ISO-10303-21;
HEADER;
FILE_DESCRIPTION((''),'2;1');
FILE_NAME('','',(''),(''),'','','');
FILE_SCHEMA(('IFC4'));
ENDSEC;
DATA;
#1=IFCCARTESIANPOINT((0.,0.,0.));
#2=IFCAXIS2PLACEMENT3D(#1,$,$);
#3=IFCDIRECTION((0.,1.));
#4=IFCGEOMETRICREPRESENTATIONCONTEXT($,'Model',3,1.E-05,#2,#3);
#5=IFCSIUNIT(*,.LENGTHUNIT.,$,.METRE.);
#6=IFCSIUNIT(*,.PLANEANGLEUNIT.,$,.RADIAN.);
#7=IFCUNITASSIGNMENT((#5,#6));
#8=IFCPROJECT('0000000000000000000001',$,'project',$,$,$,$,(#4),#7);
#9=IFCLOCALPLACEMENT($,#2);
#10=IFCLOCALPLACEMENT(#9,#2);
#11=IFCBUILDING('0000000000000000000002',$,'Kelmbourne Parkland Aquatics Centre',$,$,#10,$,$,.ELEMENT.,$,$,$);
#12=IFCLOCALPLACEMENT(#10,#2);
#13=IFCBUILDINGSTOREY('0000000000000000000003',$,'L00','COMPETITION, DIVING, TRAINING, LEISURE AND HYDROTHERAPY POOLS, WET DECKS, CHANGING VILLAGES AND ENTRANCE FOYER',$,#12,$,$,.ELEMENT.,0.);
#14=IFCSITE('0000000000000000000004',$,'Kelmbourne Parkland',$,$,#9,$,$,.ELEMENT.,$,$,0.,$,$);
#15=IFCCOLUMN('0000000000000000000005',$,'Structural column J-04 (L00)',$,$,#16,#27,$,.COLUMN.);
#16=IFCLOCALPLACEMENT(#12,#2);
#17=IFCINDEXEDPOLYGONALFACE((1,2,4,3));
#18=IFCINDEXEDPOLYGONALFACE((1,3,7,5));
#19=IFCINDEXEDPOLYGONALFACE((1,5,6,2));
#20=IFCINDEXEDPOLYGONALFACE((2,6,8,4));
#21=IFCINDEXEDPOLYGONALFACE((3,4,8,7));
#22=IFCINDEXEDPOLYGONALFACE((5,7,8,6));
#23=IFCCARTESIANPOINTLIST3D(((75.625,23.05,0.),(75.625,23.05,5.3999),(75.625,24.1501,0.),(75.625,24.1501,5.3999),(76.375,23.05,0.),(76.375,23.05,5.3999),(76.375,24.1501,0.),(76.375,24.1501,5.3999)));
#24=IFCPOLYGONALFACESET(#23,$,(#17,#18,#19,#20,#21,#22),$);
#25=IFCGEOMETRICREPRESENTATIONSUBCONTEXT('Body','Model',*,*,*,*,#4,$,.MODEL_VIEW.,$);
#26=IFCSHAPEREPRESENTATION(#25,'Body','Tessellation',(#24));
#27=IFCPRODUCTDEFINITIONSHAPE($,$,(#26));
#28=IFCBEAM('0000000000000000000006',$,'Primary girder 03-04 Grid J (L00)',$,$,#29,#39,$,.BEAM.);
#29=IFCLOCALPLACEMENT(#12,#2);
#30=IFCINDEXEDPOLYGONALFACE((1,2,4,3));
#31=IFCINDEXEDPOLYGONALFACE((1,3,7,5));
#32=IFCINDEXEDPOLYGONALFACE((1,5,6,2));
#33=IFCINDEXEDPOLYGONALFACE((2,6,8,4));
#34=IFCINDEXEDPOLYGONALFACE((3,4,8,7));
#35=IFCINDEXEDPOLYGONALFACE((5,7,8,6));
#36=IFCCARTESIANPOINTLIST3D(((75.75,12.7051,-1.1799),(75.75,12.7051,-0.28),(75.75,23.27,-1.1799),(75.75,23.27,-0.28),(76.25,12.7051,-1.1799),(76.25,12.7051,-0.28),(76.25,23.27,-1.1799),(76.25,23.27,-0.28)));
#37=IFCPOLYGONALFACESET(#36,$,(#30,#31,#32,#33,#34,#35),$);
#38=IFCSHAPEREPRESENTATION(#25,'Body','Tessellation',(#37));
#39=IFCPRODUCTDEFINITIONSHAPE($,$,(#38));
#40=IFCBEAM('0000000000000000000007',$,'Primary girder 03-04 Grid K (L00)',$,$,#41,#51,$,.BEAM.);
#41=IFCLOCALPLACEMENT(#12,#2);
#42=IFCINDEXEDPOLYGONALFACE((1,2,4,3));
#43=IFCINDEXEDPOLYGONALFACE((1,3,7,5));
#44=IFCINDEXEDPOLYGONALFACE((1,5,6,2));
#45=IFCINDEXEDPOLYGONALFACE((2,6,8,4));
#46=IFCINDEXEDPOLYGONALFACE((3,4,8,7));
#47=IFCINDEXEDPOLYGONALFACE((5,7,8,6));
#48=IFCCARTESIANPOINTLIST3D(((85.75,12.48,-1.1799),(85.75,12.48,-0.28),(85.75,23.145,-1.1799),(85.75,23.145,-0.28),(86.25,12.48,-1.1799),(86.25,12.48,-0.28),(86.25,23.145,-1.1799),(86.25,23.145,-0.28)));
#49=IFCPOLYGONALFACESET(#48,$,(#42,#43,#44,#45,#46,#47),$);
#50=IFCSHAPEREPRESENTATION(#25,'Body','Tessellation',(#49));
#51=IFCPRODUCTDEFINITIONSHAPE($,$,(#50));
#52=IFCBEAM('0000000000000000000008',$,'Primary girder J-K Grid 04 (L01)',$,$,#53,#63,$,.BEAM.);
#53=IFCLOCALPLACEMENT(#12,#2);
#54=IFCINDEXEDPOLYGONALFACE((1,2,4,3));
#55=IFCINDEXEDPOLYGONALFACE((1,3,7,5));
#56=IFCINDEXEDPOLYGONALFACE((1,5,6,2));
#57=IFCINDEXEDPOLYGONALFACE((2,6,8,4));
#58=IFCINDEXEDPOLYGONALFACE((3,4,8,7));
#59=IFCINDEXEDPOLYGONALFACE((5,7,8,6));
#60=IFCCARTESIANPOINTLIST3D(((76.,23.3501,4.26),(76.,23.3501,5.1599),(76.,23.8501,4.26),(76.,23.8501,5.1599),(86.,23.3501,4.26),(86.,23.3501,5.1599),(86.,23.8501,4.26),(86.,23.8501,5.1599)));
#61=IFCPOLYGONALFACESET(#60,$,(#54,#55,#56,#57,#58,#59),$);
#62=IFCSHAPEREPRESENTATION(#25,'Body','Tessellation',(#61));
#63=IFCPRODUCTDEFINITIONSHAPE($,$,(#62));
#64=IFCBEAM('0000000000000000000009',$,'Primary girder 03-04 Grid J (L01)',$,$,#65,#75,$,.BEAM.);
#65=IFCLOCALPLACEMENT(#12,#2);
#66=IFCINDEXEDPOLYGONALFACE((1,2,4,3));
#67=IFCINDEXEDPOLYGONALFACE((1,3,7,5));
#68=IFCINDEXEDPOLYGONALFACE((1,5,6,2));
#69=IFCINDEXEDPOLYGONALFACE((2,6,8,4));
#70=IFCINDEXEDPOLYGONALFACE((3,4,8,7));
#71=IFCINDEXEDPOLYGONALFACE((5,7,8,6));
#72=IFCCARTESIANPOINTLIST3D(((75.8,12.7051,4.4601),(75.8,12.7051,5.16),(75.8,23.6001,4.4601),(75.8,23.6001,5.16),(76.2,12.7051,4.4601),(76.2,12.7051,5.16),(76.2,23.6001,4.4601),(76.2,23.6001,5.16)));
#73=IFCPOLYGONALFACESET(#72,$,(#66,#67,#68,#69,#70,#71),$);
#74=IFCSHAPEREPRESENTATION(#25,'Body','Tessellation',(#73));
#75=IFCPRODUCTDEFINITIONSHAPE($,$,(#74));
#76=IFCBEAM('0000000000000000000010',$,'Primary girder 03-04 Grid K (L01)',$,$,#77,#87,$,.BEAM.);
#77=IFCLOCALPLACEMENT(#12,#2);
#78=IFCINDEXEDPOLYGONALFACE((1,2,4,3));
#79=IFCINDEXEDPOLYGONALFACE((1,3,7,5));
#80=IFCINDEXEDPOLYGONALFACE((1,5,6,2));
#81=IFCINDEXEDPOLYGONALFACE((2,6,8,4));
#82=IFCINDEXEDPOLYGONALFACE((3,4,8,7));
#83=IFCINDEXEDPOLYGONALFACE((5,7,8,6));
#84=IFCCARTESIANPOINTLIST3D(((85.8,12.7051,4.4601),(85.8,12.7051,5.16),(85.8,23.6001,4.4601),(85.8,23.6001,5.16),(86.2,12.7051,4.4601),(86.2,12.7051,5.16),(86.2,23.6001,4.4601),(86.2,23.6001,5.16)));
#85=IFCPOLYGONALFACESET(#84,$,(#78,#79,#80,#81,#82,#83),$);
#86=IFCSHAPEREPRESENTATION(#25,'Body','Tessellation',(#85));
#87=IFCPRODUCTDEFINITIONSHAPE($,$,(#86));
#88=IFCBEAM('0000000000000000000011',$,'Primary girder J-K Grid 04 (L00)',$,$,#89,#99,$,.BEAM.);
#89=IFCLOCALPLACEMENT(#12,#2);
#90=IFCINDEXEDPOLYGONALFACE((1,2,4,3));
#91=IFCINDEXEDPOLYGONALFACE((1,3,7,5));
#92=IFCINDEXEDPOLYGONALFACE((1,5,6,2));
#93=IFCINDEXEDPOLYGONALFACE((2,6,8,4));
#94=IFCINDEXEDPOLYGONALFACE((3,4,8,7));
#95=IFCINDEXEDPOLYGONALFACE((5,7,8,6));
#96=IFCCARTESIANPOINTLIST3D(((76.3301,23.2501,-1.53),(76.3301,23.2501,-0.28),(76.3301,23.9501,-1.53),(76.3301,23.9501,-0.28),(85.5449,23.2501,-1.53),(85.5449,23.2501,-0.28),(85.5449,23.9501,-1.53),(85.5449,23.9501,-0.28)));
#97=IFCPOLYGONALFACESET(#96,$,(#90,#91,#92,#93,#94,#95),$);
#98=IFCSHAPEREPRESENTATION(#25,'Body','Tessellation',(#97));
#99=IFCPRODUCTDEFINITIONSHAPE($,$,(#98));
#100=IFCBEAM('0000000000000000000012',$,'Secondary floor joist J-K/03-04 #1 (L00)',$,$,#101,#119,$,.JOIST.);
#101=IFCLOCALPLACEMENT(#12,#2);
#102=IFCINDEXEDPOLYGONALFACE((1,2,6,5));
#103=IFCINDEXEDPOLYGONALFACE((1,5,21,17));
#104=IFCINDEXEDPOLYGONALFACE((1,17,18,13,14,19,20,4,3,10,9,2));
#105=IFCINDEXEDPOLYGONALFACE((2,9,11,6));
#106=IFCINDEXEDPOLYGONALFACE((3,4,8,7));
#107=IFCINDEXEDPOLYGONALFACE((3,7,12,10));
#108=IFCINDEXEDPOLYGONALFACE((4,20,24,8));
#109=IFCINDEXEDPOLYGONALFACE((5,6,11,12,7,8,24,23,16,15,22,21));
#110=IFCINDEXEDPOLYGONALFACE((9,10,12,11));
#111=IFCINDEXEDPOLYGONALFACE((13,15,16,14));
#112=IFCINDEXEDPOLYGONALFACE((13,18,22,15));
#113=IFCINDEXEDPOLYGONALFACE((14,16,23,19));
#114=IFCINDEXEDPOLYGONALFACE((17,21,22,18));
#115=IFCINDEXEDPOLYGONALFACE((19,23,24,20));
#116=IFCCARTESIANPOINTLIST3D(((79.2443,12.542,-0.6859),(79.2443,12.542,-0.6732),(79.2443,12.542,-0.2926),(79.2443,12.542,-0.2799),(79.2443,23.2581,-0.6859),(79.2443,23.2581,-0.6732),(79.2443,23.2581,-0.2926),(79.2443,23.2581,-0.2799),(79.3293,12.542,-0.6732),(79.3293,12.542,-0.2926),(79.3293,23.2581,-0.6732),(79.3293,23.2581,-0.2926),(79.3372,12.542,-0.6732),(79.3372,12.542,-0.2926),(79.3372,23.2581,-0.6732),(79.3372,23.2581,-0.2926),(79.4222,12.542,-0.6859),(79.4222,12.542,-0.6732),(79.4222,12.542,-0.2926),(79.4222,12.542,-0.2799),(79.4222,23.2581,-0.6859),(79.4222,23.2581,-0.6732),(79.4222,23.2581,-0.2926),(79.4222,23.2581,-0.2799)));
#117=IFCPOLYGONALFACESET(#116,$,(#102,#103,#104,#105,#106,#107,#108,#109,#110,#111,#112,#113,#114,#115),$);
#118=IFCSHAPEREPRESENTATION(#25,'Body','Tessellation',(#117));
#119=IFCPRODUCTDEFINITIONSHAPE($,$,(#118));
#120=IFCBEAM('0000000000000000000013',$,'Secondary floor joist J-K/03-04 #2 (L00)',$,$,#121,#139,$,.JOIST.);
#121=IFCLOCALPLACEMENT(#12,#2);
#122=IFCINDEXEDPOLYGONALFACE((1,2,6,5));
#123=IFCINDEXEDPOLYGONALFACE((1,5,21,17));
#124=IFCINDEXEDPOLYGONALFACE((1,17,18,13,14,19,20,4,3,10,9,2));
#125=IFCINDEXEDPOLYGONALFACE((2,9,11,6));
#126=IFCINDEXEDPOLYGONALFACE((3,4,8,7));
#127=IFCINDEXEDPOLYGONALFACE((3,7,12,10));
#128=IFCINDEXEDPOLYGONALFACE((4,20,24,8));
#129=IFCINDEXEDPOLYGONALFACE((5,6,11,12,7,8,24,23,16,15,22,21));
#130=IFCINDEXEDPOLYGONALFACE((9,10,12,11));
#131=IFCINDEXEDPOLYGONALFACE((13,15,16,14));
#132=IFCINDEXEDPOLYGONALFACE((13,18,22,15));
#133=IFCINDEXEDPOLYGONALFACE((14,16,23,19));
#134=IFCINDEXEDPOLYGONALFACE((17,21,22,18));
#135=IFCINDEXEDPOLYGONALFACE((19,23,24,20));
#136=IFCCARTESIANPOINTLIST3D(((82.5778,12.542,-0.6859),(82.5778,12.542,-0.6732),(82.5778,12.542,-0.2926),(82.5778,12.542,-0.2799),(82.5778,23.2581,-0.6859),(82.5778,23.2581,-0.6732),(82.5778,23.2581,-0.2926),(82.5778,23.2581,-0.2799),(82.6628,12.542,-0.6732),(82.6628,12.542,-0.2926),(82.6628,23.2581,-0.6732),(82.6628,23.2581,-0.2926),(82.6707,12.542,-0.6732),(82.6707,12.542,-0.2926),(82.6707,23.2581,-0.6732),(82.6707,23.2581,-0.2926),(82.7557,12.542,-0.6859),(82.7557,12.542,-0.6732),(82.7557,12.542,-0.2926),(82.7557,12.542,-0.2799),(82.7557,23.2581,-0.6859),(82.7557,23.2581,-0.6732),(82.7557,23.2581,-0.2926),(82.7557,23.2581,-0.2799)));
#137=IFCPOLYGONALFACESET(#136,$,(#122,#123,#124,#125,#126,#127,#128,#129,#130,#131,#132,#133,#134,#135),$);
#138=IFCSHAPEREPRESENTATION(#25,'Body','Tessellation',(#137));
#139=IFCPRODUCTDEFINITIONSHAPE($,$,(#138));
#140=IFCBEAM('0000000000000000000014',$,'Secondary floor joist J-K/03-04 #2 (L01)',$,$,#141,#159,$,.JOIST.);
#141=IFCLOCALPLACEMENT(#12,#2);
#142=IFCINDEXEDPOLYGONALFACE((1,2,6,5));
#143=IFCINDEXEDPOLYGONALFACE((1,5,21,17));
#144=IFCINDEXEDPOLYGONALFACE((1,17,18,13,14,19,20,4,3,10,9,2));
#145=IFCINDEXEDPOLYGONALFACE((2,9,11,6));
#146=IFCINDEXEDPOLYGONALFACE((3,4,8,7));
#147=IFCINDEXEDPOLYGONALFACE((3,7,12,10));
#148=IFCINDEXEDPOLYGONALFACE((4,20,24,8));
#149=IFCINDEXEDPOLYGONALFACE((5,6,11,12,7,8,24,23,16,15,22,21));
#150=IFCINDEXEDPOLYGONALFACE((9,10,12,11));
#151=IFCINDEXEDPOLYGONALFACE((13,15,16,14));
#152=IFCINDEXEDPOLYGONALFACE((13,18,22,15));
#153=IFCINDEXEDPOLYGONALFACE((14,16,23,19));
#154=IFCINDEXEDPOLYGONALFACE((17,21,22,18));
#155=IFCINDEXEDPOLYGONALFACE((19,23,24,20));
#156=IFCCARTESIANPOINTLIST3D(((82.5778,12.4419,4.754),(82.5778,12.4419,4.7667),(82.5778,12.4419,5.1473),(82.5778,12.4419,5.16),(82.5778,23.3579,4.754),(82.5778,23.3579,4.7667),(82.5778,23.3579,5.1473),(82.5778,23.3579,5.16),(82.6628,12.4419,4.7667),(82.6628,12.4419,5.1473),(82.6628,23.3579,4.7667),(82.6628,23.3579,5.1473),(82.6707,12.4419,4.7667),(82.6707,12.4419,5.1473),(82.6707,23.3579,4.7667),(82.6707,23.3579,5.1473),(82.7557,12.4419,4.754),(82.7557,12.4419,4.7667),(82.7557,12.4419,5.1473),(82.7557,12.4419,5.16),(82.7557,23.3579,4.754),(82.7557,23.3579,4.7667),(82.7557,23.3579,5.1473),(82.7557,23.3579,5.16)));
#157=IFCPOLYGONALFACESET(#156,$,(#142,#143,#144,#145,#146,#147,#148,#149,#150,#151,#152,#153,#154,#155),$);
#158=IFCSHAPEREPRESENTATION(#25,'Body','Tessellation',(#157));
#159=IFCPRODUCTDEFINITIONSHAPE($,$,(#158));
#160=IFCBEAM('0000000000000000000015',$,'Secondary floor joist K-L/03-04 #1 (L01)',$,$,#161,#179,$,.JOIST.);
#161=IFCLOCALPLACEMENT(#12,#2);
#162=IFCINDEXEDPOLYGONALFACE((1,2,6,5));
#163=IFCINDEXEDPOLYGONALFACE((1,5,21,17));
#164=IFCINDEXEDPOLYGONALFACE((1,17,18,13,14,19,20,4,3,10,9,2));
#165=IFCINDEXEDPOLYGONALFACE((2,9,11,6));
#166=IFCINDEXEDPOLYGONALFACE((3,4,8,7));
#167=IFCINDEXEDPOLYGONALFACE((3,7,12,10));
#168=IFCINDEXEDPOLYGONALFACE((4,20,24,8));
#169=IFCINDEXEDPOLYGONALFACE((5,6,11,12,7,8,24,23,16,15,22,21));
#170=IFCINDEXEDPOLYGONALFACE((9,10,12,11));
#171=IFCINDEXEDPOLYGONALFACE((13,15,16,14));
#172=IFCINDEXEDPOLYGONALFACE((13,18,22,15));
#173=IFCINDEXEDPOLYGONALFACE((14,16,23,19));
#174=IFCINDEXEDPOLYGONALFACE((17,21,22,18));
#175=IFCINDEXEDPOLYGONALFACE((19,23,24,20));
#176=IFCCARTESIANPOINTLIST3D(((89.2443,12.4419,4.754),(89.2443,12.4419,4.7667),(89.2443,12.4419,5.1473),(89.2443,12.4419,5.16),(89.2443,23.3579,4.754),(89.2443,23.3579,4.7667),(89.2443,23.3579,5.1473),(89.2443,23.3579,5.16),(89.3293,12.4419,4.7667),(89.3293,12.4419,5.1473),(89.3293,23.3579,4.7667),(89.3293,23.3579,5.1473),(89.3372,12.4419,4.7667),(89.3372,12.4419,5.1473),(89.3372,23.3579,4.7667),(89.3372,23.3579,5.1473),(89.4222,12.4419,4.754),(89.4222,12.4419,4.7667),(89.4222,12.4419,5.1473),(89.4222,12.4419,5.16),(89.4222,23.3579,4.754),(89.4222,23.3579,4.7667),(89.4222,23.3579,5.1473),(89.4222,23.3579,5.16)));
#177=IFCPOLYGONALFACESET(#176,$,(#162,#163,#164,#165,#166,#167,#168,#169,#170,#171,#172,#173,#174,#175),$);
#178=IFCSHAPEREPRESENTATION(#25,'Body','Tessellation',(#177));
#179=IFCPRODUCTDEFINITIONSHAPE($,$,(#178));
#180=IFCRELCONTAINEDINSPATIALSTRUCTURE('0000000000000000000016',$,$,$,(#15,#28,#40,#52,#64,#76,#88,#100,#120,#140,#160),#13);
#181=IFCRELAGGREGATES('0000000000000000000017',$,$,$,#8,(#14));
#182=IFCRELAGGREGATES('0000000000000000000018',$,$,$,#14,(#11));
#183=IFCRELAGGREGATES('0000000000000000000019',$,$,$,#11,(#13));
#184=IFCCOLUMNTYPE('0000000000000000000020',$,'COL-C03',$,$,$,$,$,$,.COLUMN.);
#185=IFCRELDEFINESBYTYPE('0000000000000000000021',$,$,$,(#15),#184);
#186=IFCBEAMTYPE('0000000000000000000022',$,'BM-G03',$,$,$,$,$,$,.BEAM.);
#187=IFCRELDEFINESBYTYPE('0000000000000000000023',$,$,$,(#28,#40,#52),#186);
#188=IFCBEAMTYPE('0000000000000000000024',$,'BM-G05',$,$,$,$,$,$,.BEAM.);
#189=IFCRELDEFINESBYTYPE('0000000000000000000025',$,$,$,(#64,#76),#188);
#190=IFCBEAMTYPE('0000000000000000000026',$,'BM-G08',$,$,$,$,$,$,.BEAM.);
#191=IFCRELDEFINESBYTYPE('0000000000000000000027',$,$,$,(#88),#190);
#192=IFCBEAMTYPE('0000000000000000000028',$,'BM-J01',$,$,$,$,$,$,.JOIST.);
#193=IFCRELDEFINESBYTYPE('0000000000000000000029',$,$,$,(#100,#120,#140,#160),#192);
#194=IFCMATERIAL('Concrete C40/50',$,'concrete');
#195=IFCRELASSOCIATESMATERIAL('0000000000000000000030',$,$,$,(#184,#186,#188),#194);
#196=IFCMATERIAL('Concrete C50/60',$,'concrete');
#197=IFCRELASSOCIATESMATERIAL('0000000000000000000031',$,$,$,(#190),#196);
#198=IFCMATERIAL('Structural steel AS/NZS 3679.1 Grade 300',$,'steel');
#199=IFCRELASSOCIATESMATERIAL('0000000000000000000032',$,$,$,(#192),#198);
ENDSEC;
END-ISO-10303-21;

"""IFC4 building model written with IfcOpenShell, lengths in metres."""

from ifc_helpers import new_model, si_unit, direction, frame, origin, origin_2d, place, context, subcontext, project, spatial, rectangle, i_section, extrude, material, material_profile, profile_set, type_object, element, save


model = new_model("IFC4")

# Units and contexts
model_context = context("Model", 3, precision=1e-05, world=origin(), true_north=direction((0.0, 1.0)))
body_context = subcontext(model_context, "Body", "Model", "MODEL_VIEW")
ifc_project = project(units=[si_unit("LENGTHUNIT", "METRE"), si_unit("PLANEANGLEUNIT", "RADIAN")], contexts=[model_context])

# Site, building, storey
site_placement = place(None, origin())
site = spatial("IfcSite", under=ifc_project, at=site_placement, Name="Kelmbourne Parkland", CompositionType="ELEMENT", RefElevation=0.0)
building_placement = place(site_placement, origin())
building = spatial("IfcBuilding", under=site, at=building_placement, Name="Kelmbourne Parkland Aquatics Centre", CompositionType="ELEMENT")
storey_placement = place(building_placement, origin())
storey = spatial("IfcBuildingStorey", under=building, at=storey_placement, Name="L00", Description="COMPETITION, DIVING, TRAINING, LEISURE AND HYDROTHERAPY POOLS, WET DECKS, CHANGING VILLAGES AND ENTRANCE FOYER", CompositionType="ELEMENT", Elevation=0.0)

# Column
ifc_material_1 = material(Name="Concrete C40/50", Category="concrete")
ifc_material_profile_1 = material_profile(ifc_material_1, rectangle(XDim=0.75, YDim=1.1001, at=origin_2d()), Name="RC 750x1100")
ifc_profile_set_1 = profile_set([ifc_material_profile_1], Name="Concrete C40/50")
column_type = type_object("IfcColumnType", Name="COL-C03", PredefinedType="COLUMN", material=ifc_profile_set_1)
column_placement = place(storey_placement, frame((76.0, 23.6001, 0.0), z_axis=(0.0, 0.0, 1.0), x_axis=(1.0, 0.0, 0.0)))
element("IfcColumn", 1, at=column_placement, inside=storey, type_object=column_type, Name="Structural column J-04 (L00)", PredefinedType="COLUMN", context=body_context, shape_type="SweptSolid", body=[
    extrude(rectangle(XDim=0.75, YDim=1.1001, at=origin_2d()), origin(), (0.0, 0.0, 1.0), 5.3999),
])

# Beams
ifc_material_profile_2 = material_profile(ifc_material_1, rectangle(XDim=0.5, YDim=0.8999, at=origin_2d()), Name="RC 500x900")
ifc_profile_set_2 = profile_set([ifc_material_profile_2], Name="Concrete C40/50")
beam_type_1 = type_object("IfcBeamType", Name="BM-G03", PredefinedType="BEAM", material=ifc_profile_set_2)
beam_1_placement = place(storey_placement, frame((76.0, 12.7051, -0.73), z_axis=(0.0, 1.0, 0.0), x_axis=(-1.0, 0.0, 0.0)))
element("IfcBeam", 2, at=beam_1_placement, inside=storey, type_object=beam_type_1, Name="Primary girder 03-04 Grid J (L00)", PredefinedType="BEAM", context=body_context, shape_type="SweptSolid", body=[
    extrude(rectangle(XDim=0.5, YDim=0.8999, at=origin_2d()), origin(), (0.0, 0.0, 1.0), 10.5649),
])
beam_2_placement = place(storey_placement, frame((86.0, 12.48, -0.73), z_axis=(0.0, 1.0, 0.0), x_axis=(-1.0, 0.0, 0.0)))
element("IfcBeam", 3, at=beam_2_placement, inside=storey, type_object=beam_type_1, Name="Primary girder 03-04 Grid K (L00)", PredefinedType="BEAM", context=body_context, shape_type="SweptSolid", body=[
    extrude(rectangle(XDim=0.5, YDim=0.8999, at=origin_2d()), origin(), (0.0, 0.0, 1.0), 10.665),
])
beam_3_placement = place(storey_placement, frame((76.0, 23.6001, 4.71), z_axis=(1.0, 0.0, 0.0), x_axis=(0.0, 1.0, 0.0)))
element("IfcBeam", 4, at=beam_3_placement, inside=storey, type_object=beam_type_1, Name="Primary girder J-K Grid 04 (L01)", PredefinedType="BEAM", context=body_context, shape_type="SweptSolid", body=[
    extrude(rectangle(XDim=0.5, YDim=0.8999, at=origin_2d()), origin(), (0.0, 0.0, 1.0), 10.0),
])
ifc_material_profile_3 = material_profile(ifc_material_1, rectangle(XDim=0.3999, YDim=0.7, at=origin_2d()), Name="RC 400x700")
ifc_profile_set_3 = profile_set([ifc_material_profile_3], Name="Concrete C40/50")
beam_type_2 = type_object("IfcBeamType", Name="BM-G05", PredefinedType="BEAM", material=ifc_profile_set_3)
for number, where, z_axis, x_axis, name in (
    (5, (76.0, 12.7051, 4.8101), (0.0, 1.0, 0.0), (-1.0, 0.0, 0.0), "Primary girder 03-04 Grid J (L01)"),
    (6, (86.0, 12.7051, 4.8101), (0.0, 1.0, 0.0), (-1.0, 0.0, 0.0), "Primary girder 03-04 Grid K (L01)"),
):
    element("IfcBeam", number, at=place(storey_placement, frame(where, z_axis=z_axis, x_axis=x_axis)), inside=storey, type_object=beam_type_2, Name=name, PredefinedType="BEAM", context=body_context, shape_type="SweptSolid", body=[
        extrude(rectangle(XDim=0.3999, YDim=0.7, at=origin_2d()), origin(), (0.0, 0.0, 1.0), 10.895),
    ])
ifc_material_2 = material(Name="Concrete C50/60", Category="concrete")
ifc_material_profile_4 = material_profile(ifc_material_2, rectangle(XDim=0.7, YDim=1.25, at=origin_2d()), Name="RC 700x1250")
ifc_profile_set_4 = profile_set([ifc_material_profile_4], Name="Concrete C50/60")
beam_type_3 = type_object("IfcBeamType", Name="BM-G08", PredefinedType="BEAM", material=ifc_profile_set_4)
beam_4_placement = place(storey_placement, frame((76.3301, 23.6001, -0.905), z_axis=(1.0, 0.0, 0.0), x_axis=(0.0, 1.0, 0.0)))
element("IfcBeam", 7, at=beam_4_placement, inside=storey, type_object=beam_type_3, Name="Primary girder J-K Grid 04 (L00)", PredefinedType="BEAM", context=body_context, shape_type="SweptSolid", body=[
    extrude(rectangle(XDim=0.7, YDim=1.25, at=origin_2d()), origin(), (0.0, 0.0, 1.0), 9.2148),
])
ifc_material_3 = material(Name="Structural steel AS/NZS 3679.1 Grade 300", Category="steel")
ifc_material_profile_5 = material_profile(ifc_material_3, i_section(OverallWidth=0.178, OverallDepth=0.406, WebThickness=0.0078, FlangeThickness=0.0127, at=origin_2d()), Name="410UB59.7")
ifc_profile_set_5 = profile_set([ifc_material_profile_5], Name="Structural steel AS/NZS 3679.1 Grade 300")
beam_type_4 = type_object("IfcBeamType", Name="BM-J01", PredefinedType="JOIST", material=ifc_profile_set_5)
for number, where, z_axis, x_axis, name in (
    (8, (79.3333, 12.542, -0.4829), (0.0, 1.0, 0.0), (-1.0, 0.0, 0.0), "Secondary floor joist J-K/03-04 #1 (L00)"),
    (9, (82.6667, 12.542, -0.4829), (0.0, 1.0, 0.0), (-1.0, 0.0, 0.0), "Secondary floor joist J-K/03-04 #2 (L00)"),
):
    element("IfcBeam", number, at=place(storey_placement, frame(where, z_axis=z_axis, x_axis=x_axis)), inside=storey, type_object=beam_type_4, Name=name, PredefinedType="JOIST", context=body_context, shape_type="SweptSolid", body=[
        extrude(i_section(OverallWidth=0.178, OverallDepth=0.406, WebThickness=0.0078, FlangeThickness=0.0127, at=origin_2d()), origin(), (0.0, 0.0, 1.0), 10.7161),
    ])
for number, where, z_axis, x_axis, name in (
    (10, (82.6667, 12.4419, 4.957), (0.0, 1.0, 0.0), (-1.0, 0.0, 0.0), "Secondary floor joist J-K/03-04 #2 (L01)"),
    (11, (89.3333, 12.4419, 4.957), (0.0, 1.0, 0.0), (-1.0, 0.0, 0.0), "Secondary floor joist K-L/03-04 #1 (L01)"),
):
    element("IfcBeam", number, at=place(storey_placement, frame(where, z_axis=z_axis, x_axis=x_axis)), inside=storey, type_object=beam_type_4, Name=name, PredefinedType="JOIST", context=body_context, shape_type="SweptSolid", body=[
        extrude(i_section(OverallWidth=0.178, OverallDepth=0.406, WebThickness=0.0078, FlangeThickness=0.0127, at=origin_2d()), origin(), (0.0, 0.0, 1.0), 10.916),
    ])

save(model, "model.ifc")
